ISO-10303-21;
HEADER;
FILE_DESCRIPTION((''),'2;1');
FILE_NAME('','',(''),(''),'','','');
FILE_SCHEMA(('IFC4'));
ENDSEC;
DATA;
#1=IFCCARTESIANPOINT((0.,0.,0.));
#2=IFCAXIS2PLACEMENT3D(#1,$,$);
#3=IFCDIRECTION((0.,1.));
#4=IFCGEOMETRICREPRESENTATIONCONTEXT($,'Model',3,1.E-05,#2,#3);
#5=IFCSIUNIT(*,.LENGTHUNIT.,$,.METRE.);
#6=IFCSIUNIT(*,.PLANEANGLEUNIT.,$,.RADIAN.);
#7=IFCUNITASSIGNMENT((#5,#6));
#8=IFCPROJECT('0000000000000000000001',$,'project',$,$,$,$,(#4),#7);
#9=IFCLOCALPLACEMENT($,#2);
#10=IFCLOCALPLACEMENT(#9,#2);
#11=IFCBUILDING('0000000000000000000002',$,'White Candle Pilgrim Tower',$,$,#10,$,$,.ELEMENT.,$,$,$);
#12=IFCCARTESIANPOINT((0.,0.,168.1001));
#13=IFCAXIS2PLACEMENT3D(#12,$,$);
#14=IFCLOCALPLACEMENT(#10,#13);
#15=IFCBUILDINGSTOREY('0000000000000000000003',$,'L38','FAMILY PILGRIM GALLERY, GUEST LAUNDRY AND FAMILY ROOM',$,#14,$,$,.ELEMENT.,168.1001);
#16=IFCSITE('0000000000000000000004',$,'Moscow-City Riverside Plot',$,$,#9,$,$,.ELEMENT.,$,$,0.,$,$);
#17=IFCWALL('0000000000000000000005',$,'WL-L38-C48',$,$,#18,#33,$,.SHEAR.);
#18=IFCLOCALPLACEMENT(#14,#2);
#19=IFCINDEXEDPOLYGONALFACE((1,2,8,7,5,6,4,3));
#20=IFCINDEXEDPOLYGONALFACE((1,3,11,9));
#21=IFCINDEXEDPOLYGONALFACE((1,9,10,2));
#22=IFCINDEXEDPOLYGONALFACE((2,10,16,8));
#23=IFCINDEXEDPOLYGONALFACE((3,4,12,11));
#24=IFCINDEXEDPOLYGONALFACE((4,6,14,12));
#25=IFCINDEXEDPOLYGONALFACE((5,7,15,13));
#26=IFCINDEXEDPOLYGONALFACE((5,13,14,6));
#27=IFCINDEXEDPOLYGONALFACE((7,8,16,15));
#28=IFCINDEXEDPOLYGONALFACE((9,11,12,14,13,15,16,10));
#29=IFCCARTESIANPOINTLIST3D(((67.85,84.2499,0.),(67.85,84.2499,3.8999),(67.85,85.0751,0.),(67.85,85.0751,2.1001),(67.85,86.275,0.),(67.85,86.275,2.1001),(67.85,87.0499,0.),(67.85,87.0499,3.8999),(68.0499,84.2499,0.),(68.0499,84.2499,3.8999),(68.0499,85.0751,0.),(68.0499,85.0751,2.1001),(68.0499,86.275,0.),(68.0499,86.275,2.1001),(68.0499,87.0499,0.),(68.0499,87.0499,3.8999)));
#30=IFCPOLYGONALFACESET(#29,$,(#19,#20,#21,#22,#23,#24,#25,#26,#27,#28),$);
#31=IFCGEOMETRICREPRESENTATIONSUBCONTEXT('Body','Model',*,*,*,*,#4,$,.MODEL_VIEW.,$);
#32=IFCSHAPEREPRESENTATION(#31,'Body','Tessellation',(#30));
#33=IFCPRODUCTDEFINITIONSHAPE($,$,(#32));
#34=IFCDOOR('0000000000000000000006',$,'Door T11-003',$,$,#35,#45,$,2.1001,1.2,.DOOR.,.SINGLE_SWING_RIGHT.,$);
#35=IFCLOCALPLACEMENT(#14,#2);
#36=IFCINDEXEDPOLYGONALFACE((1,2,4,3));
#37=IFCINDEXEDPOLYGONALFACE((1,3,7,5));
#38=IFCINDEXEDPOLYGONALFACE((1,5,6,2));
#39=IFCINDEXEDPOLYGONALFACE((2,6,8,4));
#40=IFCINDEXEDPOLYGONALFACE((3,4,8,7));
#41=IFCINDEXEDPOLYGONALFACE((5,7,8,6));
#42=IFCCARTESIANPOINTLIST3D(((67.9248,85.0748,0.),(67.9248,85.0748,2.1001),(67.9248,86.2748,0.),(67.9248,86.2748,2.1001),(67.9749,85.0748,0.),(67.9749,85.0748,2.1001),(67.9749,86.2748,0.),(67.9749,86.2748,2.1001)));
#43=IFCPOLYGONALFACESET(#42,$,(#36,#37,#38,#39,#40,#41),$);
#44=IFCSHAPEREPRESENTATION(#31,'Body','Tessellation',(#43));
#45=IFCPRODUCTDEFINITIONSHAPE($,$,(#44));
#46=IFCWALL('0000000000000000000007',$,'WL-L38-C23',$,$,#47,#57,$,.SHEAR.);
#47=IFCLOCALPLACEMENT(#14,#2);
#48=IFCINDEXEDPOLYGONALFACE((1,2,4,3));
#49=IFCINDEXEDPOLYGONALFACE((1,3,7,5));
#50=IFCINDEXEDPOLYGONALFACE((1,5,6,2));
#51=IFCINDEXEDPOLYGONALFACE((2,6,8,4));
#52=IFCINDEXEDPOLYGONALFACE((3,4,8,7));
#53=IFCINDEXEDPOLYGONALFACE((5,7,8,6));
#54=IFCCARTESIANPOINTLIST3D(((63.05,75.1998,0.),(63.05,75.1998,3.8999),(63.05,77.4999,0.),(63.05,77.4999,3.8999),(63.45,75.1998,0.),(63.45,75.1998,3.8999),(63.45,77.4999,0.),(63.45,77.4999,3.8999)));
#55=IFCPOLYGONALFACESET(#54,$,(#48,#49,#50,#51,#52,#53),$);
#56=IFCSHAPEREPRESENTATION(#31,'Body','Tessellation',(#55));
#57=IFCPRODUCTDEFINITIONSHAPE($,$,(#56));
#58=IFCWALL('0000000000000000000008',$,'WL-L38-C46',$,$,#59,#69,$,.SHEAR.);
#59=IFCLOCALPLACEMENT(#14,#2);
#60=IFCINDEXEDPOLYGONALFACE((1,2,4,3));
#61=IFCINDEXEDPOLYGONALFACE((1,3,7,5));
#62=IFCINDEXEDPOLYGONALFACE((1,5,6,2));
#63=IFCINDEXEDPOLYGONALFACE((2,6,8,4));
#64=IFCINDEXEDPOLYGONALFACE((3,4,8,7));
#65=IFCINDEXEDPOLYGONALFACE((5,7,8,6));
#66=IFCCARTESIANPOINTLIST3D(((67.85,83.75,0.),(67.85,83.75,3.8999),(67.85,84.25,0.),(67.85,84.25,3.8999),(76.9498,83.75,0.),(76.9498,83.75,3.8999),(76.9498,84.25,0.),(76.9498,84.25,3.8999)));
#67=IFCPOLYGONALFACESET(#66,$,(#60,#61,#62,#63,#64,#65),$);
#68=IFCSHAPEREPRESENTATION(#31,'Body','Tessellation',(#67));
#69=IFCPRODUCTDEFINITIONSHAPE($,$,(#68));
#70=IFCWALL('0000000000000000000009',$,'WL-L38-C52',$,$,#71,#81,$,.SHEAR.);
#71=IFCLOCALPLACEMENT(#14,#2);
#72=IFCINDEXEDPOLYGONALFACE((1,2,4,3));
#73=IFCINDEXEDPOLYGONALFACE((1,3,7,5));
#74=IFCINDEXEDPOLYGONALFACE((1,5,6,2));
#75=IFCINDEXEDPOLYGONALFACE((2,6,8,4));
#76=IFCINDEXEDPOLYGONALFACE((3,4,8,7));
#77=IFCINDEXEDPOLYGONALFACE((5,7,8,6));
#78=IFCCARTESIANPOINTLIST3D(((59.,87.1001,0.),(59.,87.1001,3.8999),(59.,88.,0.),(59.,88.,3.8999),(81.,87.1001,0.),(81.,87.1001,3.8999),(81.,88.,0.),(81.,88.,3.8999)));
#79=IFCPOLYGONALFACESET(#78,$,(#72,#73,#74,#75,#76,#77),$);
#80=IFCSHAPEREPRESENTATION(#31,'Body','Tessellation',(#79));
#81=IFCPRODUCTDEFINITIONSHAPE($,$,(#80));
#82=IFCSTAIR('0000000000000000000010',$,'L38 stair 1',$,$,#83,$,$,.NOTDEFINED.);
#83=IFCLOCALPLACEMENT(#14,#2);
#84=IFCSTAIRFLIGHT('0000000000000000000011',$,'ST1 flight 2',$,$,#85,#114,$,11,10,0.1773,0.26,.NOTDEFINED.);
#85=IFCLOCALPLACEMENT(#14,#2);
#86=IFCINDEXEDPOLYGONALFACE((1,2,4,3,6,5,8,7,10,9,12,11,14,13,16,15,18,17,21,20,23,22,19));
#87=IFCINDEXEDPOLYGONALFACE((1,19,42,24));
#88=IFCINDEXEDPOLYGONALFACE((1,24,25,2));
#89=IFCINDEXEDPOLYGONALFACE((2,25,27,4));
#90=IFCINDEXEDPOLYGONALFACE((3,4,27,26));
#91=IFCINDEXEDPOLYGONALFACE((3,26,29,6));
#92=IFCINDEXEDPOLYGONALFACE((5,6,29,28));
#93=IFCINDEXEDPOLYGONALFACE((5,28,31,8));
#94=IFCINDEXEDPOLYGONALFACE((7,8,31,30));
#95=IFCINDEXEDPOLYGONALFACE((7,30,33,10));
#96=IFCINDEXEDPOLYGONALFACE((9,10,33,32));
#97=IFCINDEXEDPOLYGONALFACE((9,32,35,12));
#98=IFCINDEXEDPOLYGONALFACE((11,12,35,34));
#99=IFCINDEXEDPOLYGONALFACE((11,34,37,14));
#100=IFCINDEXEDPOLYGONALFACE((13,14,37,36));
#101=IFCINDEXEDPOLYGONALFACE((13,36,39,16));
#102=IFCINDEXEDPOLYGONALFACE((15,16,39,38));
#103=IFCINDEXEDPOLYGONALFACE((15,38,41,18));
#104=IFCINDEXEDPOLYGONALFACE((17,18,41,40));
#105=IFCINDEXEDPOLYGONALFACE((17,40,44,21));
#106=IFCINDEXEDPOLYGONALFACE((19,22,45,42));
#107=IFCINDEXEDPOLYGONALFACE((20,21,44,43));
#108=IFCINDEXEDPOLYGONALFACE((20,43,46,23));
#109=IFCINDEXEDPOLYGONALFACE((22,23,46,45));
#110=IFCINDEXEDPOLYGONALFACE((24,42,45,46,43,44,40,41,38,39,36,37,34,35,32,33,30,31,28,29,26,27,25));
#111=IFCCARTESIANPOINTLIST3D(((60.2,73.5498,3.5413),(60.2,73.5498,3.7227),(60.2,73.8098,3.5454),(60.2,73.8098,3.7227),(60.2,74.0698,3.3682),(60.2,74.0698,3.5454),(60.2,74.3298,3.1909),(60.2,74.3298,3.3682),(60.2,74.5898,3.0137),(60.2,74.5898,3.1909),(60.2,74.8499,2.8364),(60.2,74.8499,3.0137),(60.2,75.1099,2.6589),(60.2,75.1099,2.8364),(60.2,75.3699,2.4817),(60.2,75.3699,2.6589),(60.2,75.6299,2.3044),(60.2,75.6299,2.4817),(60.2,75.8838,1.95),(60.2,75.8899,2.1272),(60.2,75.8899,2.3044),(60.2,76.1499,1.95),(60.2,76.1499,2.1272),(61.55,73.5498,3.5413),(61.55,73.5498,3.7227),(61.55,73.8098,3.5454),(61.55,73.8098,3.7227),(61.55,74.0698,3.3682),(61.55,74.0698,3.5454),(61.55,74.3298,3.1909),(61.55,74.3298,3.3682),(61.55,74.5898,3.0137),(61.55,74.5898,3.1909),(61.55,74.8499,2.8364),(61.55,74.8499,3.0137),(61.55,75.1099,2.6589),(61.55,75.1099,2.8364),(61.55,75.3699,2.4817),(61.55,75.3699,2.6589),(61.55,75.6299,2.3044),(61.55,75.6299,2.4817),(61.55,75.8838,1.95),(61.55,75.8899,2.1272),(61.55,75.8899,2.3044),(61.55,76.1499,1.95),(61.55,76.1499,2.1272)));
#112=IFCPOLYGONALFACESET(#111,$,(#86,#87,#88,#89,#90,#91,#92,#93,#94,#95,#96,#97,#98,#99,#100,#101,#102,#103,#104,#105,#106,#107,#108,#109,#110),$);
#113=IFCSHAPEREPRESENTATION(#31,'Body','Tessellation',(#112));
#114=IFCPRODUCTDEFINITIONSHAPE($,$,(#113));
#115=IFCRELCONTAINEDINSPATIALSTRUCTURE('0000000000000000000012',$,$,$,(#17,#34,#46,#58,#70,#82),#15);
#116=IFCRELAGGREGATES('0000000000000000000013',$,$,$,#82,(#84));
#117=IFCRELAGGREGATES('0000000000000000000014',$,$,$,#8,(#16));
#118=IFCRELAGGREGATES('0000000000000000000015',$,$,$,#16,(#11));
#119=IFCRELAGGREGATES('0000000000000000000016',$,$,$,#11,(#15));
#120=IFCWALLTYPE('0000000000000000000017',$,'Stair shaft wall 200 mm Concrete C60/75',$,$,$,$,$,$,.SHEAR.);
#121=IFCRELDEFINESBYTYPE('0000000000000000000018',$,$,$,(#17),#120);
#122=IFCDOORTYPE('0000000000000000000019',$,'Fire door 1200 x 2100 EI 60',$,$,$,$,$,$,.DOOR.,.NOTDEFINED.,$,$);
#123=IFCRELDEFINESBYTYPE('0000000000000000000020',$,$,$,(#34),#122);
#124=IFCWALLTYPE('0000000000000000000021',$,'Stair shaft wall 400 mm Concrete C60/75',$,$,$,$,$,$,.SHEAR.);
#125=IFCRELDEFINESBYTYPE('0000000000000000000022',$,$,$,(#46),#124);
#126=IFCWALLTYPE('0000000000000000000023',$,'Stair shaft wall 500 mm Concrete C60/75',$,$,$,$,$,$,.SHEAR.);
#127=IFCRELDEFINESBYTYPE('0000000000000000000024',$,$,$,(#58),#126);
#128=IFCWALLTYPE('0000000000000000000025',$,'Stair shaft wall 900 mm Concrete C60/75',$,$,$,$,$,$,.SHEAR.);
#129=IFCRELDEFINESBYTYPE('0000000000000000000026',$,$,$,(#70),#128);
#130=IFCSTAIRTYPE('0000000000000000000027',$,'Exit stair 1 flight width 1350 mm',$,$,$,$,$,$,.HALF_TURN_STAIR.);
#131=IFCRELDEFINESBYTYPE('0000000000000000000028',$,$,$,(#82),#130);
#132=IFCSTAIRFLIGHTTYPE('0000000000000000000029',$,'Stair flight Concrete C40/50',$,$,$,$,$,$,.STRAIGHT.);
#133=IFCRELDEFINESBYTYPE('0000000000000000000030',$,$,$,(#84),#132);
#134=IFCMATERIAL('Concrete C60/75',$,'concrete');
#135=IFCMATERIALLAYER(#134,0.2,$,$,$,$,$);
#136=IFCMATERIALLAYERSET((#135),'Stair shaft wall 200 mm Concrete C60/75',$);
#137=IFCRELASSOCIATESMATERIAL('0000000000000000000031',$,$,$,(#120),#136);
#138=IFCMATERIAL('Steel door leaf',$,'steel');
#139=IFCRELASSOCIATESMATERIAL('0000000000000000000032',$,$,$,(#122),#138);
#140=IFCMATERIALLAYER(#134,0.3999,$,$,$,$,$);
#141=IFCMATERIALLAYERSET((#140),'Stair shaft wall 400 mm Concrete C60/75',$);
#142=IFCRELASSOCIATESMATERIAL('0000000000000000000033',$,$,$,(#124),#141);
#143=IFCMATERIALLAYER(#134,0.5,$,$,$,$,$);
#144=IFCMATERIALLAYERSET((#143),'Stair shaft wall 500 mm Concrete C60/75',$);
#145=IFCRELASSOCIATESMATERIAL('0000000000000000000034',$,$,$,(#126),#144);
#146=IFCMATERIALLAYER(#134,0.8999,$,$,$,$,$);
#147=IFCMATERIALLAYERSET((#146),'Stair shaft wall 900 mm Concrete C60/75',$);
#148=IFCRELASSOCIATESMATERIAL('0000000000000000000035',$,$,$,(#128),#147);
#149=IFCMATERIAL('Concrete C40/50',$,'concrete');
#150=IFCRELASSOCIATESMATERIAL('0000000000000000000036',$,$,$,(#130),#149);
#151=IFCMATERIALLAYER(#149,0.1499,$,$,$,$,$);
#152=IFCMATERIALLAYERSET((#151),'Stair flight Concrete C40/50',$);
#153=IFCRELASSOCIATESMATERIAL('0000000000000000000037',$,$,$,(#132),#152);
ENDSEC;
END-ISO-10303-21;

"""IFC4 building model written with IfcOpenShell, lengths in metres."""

from ifc_helpers import new_model, si_unit, direction, frame, frame_2d, origin, place, context, subcontext, project, spatial, polyline, rectangle, outline, extrude, material, layer, layer_set, type_object, element, fill, aggregate, save


model = new_model("IFC4")

# Units and contexts
model_context = context("Model", 3, precision=1e-05, world=origin(), true_north=direction((0.0, 1.0)))
body_context = subcontext(model_context, "Body", "Model", "MODEL_VIEW")
ifc_project = project(units=[si_unit("LENGTHUNIT", "METRE"), si_unit("PLANEANGLEUNIT", "RADIAN")], contexts=[model_context])

# Site, building, storey
site_placement = place(None, origin())
site = spatial("IfcSite", under=ifc_project, at=site_placement, Name="Moscow-City Riverside Plot", CompositionType="ELEMENT", RefElevation=0.0)
building_placement = place(site_placement, origin())
building = spatial("IfcBuilding", under=site, at=building_placement, Name="White Candle Pilgrim Tower", CompositionType="ELEMENT")
storey_placement = place(building_placement, frame((0.0, 0.0, 168.1001)))
storey = spatial("IfcBuildingStorey", under=building, at=storey_placement, Name="L38", Description="FAMILY PILGRIM GALLERY, GUEST LAUNDRY AND FAMILY ROOM", CompositionType="ELEMENT", Elevation=168.1001)

# Shared definitions
ifc_material_1 = material(Name="Concrete C60/75", Category="concrete")

# Shared definitions
ifc_material_2 = material(Name="Steel door leaf", Category="steel")

# Shared definitions
ifc_layer_1 = layer(ifc_material_1, 0.2)
ifc_layer_set_1 = layer_set([ifc_layer_1], Name="Stair shaft wall 200 mm Concrete C60/75")
wall_type_1 = type_object("IfcWallType", Name="Stair shaft wall 200 mm Concrete C60/75", PredefinedType="SHEAR", material=ifc_layer_set_1)

# Wall, opening, door
wall_1_placement = place(storey_placement, frame((67.95, 84.25, 0.0), z_axis=(0.0, 0.0, 1.0), x_axis=(0.0, 1.0, 0.0)))
wall_1 = element("IfcWall", 1, at=wall_1_placement, inside=storey, type_object=wall_type_1, Name="WL-L38-C48", PredefinedType="SHEAR", context=body_context, shape_type="SweptSolid", body=[
    extrude(rectangle(XDim=2.8, YDim=0.2, at=frame_2d((1.3999, 0.0))), origin(), (0.0, 0.0, 1.0), 3.8999),
])
opening_1_placement = place(wall_1_placement, frame((0.825, 0.0, 0.0)))
opening_1 = element("IfcOpeningElement", 2, at=opening_1_placement, cuts=wall_1, PredefinedType="OPENING", context=body_context, shape_type="SweptSolid", body=[
    extrude(rectangle(XDim=1.2, YDim=2.1001, at=frame_2d((0.6001, 1.05))), frame((0.0, 0.1099, 0.0), z_axis=(0.0, -1.0, 0.0), x_axis=(1.0, 0.0, 0.0)), (0.0, 0.0, 1.0), 0.22),
])
door_type_1 = type_object("IfcDoorType", Name="Fire door 1200 x 2100 EI 60", OperationType="NOTDEFINED", PredefinedType="DOOR", material=ifc_material_2)
door_1_placement = place(opening_1_placement, frame((1.2, 0.0, 0.0), z_axis=(0.0, 0.0, 1.0), x_axis=(-1.0, 0.0, 0.0)))
door_1 = element("IfcDoor", 3, at=door_1_placement, inside=storey, type_object=door_type_1, Name="Door T11-003", OperationType="SINGLE_SWING_RIGHT", OverallHeight=2.1001, OverallWidth=1.2, PredefinedType="DOOR", context=body_context, shape_type="SweptSolid", body=[
    extrude(rectangle(XDim=1.2, YDim=2.1001, at=frame_2d((0.6001, 1.05))), frame((0.0, 0.0249, 0.0), z_axis=(0.0, -1.0, 0.0), x_axis=(1.0, 0.0, 0.0)), (0.0, 0.0, 1.0), 0.05),
])
fill(opening_1, door_1)

# Walls
ifc_layer_2 = layer(ifc_material_1, 0.3999)
ifc_layer_set_2 = layer_set([ifc_layer_2], Name="Stair shaft wall 400 mm Concrete C60/75")
wall_type_2 = type_object("IfcWallType", Name="Stair shaft wall 400 mm Concrete C60/75", PredefinedType="SHEAR", material=ifc_layer_set_2)
wall_2_placement = place(storey_placement, frame((63.25, 75.2, 0.0), z_axis=(0.0, 0.0, 1.0), x_axis=(0.0, 1.0, 0.0)))
element("IfcWall", 4, at=wall_2_placement, inside=storey, type_object=wall_type_2, Name="WL-L38-C23", PredefinedType="SHEAR", context=body_context, shape_type="SweptSolid", body=[
    extrude(rectangle(XDim=2.3, YDim=0.3999, at=frame_2d((1.1499, 0.0))), origin(), (0.0, 0.0, 1.0), 3.8999),
])
ifc_layer_3 = layer(ifc_material_1, 0.5)
ifc_layer_set_3 = layer_set([ifc_layer_3], Name="Stair shaft wall 500 mm Concrete C60/75")
wall_type_3 = type_object("IfcWallType", Name="Stair shaft wall 500 mm Concrete C60/75", PredefinedType="SHEAR", material=ifc_layer_set_3)
wall_3_placement = place(storey_placement, frame((67.8501, 84.0, 0.0), z_axis=(0.0, 0.0, 1.0), x_axis=(1.0, 0.0, 0.0)))
element("IfcWall", 5, at=wall_3_placement, inside=storey, type_object=wall_type_3, Name="WL-L38-C46", PredefinedType="SHEAR", context=body_context, shape_type="SweptSolid", body=[
    extrude(rectangle(XDim=9.0999, YDim=0.5, at=frame_2d((4.5498, 0.0))), origin(), (0.0, 0.0, 1.0), 3.8999),
])
ifc_layer_4 = layer(ifc_material_1, 0.8999)
ifc_layer_set_4 = layer_set([ifc_layer_4], Name="Stair shaft wall 900 mm Concrete C60/75")
wall_type_4 = type_object("IfcWallType", Name="Stair shaft wall 900 mm Concrete C60/75", PredefinedType="SHEAR", material=ifc_layer_set_4)
wall_4_placement = place(storey_placement, frame((59.0, 87.55, 0.0), z_axis=(0.0, 0.0, 1.0), x_axis=(1.0, 0.0, 0.0)))
element("IfcWall", 6, at=wall_4_placement, inside=storey, type_object=wall_type_4, Name="WL-L38-C52", PredefinedType="SHEAR", context=body_context, shape_type="SweptSolid", body=[
    extrude(rectangle(XDim=22.0, YDim=0.8999, at=frame_2d((11.0, 0.0))), origin(), (0.0, 0.0, 1.0), 3.8999),
])

# Stair, stair flight
ifc_material_3 = material(Name="Concrete C40/50", Category="concrete")
stair_type = type_object("IfcStairType", Name="Exit stair 1 flight width 1350 mm", PredefinedType="HALF_TURN_STAIR", material=ifc_material_3)
stair_placement = place(storey_placement, origin())
stair = element("IfcStair", 7, at=stair_placement, inside=storey, type_object=stair_type, Name="L38 stair 1", PredefinedType="NOTDEFINED")
ifc_layer_5 = layer(ifc_material_3, 0.1499)
ifc_layer_set_5 = layer_set([ifc_layer_5], Name="Stair flight Concrete C40/50")
stair_flight_type = type_object("IfcStairFlightType", Name="Stair flight Concrete C40/50", PredefinedType="STRAIGHT", material=ifc_layer_set_5)
stair_flight_placement = place(storey_placement, frame((60.875, 76.1499, 1.95), z_axis=(0.0, 0.0, 1.0), x_axis=(0.0, -1.0, 0.0)))
stair_flight = element("IfcStairFlight", 8, at=stair_flight_placement, type_object=stair_flight_type, Name="ST1 flight 2", NumberOfRisers=11, NumberOfTreads=10, PredefinedType="NOTDEFINED", RiserHeight=0.1773, TreadLength=0.26, context=body_context, shape_type="SweptSolid", body=[
    extrude(outline(polyline([(0.0, 0.0), (0.0, 0.1772), (0.26, 0.1772), (0.26, 0.3545), (0.52, 0.3545), (0.52, 0.5317), (0.78, 0.5317), (0.78, 0.709), (1.04, 0.709), (1.04, 0.8865), (1.3, 0.8865), (1.3, 1.0637), (1.5601, 1.0637), (1.5601, 1.241), (1.8201, 1.241), (1.8201, 1.4182), (2.0801, 1.4182), (2.0801, 1.5955), (2.3401, 1.5955), (2.3401, 1.7727), (2.6001, 1.7727), (2.6001, 1.95), (2.6001, 1.5913), (0.2661, 0.0), (0.0, 0.0)])), frame((0.0, 0.675, 0.0), z_axis=(0.0, -1.0, 0.0), x_axis=(1.0, 0.0, 0.0)), (0.0, 0.0, 1.0), 1.3501),
])
aggregate(stair, [stair_flight])

save(model, "model.ifc")
